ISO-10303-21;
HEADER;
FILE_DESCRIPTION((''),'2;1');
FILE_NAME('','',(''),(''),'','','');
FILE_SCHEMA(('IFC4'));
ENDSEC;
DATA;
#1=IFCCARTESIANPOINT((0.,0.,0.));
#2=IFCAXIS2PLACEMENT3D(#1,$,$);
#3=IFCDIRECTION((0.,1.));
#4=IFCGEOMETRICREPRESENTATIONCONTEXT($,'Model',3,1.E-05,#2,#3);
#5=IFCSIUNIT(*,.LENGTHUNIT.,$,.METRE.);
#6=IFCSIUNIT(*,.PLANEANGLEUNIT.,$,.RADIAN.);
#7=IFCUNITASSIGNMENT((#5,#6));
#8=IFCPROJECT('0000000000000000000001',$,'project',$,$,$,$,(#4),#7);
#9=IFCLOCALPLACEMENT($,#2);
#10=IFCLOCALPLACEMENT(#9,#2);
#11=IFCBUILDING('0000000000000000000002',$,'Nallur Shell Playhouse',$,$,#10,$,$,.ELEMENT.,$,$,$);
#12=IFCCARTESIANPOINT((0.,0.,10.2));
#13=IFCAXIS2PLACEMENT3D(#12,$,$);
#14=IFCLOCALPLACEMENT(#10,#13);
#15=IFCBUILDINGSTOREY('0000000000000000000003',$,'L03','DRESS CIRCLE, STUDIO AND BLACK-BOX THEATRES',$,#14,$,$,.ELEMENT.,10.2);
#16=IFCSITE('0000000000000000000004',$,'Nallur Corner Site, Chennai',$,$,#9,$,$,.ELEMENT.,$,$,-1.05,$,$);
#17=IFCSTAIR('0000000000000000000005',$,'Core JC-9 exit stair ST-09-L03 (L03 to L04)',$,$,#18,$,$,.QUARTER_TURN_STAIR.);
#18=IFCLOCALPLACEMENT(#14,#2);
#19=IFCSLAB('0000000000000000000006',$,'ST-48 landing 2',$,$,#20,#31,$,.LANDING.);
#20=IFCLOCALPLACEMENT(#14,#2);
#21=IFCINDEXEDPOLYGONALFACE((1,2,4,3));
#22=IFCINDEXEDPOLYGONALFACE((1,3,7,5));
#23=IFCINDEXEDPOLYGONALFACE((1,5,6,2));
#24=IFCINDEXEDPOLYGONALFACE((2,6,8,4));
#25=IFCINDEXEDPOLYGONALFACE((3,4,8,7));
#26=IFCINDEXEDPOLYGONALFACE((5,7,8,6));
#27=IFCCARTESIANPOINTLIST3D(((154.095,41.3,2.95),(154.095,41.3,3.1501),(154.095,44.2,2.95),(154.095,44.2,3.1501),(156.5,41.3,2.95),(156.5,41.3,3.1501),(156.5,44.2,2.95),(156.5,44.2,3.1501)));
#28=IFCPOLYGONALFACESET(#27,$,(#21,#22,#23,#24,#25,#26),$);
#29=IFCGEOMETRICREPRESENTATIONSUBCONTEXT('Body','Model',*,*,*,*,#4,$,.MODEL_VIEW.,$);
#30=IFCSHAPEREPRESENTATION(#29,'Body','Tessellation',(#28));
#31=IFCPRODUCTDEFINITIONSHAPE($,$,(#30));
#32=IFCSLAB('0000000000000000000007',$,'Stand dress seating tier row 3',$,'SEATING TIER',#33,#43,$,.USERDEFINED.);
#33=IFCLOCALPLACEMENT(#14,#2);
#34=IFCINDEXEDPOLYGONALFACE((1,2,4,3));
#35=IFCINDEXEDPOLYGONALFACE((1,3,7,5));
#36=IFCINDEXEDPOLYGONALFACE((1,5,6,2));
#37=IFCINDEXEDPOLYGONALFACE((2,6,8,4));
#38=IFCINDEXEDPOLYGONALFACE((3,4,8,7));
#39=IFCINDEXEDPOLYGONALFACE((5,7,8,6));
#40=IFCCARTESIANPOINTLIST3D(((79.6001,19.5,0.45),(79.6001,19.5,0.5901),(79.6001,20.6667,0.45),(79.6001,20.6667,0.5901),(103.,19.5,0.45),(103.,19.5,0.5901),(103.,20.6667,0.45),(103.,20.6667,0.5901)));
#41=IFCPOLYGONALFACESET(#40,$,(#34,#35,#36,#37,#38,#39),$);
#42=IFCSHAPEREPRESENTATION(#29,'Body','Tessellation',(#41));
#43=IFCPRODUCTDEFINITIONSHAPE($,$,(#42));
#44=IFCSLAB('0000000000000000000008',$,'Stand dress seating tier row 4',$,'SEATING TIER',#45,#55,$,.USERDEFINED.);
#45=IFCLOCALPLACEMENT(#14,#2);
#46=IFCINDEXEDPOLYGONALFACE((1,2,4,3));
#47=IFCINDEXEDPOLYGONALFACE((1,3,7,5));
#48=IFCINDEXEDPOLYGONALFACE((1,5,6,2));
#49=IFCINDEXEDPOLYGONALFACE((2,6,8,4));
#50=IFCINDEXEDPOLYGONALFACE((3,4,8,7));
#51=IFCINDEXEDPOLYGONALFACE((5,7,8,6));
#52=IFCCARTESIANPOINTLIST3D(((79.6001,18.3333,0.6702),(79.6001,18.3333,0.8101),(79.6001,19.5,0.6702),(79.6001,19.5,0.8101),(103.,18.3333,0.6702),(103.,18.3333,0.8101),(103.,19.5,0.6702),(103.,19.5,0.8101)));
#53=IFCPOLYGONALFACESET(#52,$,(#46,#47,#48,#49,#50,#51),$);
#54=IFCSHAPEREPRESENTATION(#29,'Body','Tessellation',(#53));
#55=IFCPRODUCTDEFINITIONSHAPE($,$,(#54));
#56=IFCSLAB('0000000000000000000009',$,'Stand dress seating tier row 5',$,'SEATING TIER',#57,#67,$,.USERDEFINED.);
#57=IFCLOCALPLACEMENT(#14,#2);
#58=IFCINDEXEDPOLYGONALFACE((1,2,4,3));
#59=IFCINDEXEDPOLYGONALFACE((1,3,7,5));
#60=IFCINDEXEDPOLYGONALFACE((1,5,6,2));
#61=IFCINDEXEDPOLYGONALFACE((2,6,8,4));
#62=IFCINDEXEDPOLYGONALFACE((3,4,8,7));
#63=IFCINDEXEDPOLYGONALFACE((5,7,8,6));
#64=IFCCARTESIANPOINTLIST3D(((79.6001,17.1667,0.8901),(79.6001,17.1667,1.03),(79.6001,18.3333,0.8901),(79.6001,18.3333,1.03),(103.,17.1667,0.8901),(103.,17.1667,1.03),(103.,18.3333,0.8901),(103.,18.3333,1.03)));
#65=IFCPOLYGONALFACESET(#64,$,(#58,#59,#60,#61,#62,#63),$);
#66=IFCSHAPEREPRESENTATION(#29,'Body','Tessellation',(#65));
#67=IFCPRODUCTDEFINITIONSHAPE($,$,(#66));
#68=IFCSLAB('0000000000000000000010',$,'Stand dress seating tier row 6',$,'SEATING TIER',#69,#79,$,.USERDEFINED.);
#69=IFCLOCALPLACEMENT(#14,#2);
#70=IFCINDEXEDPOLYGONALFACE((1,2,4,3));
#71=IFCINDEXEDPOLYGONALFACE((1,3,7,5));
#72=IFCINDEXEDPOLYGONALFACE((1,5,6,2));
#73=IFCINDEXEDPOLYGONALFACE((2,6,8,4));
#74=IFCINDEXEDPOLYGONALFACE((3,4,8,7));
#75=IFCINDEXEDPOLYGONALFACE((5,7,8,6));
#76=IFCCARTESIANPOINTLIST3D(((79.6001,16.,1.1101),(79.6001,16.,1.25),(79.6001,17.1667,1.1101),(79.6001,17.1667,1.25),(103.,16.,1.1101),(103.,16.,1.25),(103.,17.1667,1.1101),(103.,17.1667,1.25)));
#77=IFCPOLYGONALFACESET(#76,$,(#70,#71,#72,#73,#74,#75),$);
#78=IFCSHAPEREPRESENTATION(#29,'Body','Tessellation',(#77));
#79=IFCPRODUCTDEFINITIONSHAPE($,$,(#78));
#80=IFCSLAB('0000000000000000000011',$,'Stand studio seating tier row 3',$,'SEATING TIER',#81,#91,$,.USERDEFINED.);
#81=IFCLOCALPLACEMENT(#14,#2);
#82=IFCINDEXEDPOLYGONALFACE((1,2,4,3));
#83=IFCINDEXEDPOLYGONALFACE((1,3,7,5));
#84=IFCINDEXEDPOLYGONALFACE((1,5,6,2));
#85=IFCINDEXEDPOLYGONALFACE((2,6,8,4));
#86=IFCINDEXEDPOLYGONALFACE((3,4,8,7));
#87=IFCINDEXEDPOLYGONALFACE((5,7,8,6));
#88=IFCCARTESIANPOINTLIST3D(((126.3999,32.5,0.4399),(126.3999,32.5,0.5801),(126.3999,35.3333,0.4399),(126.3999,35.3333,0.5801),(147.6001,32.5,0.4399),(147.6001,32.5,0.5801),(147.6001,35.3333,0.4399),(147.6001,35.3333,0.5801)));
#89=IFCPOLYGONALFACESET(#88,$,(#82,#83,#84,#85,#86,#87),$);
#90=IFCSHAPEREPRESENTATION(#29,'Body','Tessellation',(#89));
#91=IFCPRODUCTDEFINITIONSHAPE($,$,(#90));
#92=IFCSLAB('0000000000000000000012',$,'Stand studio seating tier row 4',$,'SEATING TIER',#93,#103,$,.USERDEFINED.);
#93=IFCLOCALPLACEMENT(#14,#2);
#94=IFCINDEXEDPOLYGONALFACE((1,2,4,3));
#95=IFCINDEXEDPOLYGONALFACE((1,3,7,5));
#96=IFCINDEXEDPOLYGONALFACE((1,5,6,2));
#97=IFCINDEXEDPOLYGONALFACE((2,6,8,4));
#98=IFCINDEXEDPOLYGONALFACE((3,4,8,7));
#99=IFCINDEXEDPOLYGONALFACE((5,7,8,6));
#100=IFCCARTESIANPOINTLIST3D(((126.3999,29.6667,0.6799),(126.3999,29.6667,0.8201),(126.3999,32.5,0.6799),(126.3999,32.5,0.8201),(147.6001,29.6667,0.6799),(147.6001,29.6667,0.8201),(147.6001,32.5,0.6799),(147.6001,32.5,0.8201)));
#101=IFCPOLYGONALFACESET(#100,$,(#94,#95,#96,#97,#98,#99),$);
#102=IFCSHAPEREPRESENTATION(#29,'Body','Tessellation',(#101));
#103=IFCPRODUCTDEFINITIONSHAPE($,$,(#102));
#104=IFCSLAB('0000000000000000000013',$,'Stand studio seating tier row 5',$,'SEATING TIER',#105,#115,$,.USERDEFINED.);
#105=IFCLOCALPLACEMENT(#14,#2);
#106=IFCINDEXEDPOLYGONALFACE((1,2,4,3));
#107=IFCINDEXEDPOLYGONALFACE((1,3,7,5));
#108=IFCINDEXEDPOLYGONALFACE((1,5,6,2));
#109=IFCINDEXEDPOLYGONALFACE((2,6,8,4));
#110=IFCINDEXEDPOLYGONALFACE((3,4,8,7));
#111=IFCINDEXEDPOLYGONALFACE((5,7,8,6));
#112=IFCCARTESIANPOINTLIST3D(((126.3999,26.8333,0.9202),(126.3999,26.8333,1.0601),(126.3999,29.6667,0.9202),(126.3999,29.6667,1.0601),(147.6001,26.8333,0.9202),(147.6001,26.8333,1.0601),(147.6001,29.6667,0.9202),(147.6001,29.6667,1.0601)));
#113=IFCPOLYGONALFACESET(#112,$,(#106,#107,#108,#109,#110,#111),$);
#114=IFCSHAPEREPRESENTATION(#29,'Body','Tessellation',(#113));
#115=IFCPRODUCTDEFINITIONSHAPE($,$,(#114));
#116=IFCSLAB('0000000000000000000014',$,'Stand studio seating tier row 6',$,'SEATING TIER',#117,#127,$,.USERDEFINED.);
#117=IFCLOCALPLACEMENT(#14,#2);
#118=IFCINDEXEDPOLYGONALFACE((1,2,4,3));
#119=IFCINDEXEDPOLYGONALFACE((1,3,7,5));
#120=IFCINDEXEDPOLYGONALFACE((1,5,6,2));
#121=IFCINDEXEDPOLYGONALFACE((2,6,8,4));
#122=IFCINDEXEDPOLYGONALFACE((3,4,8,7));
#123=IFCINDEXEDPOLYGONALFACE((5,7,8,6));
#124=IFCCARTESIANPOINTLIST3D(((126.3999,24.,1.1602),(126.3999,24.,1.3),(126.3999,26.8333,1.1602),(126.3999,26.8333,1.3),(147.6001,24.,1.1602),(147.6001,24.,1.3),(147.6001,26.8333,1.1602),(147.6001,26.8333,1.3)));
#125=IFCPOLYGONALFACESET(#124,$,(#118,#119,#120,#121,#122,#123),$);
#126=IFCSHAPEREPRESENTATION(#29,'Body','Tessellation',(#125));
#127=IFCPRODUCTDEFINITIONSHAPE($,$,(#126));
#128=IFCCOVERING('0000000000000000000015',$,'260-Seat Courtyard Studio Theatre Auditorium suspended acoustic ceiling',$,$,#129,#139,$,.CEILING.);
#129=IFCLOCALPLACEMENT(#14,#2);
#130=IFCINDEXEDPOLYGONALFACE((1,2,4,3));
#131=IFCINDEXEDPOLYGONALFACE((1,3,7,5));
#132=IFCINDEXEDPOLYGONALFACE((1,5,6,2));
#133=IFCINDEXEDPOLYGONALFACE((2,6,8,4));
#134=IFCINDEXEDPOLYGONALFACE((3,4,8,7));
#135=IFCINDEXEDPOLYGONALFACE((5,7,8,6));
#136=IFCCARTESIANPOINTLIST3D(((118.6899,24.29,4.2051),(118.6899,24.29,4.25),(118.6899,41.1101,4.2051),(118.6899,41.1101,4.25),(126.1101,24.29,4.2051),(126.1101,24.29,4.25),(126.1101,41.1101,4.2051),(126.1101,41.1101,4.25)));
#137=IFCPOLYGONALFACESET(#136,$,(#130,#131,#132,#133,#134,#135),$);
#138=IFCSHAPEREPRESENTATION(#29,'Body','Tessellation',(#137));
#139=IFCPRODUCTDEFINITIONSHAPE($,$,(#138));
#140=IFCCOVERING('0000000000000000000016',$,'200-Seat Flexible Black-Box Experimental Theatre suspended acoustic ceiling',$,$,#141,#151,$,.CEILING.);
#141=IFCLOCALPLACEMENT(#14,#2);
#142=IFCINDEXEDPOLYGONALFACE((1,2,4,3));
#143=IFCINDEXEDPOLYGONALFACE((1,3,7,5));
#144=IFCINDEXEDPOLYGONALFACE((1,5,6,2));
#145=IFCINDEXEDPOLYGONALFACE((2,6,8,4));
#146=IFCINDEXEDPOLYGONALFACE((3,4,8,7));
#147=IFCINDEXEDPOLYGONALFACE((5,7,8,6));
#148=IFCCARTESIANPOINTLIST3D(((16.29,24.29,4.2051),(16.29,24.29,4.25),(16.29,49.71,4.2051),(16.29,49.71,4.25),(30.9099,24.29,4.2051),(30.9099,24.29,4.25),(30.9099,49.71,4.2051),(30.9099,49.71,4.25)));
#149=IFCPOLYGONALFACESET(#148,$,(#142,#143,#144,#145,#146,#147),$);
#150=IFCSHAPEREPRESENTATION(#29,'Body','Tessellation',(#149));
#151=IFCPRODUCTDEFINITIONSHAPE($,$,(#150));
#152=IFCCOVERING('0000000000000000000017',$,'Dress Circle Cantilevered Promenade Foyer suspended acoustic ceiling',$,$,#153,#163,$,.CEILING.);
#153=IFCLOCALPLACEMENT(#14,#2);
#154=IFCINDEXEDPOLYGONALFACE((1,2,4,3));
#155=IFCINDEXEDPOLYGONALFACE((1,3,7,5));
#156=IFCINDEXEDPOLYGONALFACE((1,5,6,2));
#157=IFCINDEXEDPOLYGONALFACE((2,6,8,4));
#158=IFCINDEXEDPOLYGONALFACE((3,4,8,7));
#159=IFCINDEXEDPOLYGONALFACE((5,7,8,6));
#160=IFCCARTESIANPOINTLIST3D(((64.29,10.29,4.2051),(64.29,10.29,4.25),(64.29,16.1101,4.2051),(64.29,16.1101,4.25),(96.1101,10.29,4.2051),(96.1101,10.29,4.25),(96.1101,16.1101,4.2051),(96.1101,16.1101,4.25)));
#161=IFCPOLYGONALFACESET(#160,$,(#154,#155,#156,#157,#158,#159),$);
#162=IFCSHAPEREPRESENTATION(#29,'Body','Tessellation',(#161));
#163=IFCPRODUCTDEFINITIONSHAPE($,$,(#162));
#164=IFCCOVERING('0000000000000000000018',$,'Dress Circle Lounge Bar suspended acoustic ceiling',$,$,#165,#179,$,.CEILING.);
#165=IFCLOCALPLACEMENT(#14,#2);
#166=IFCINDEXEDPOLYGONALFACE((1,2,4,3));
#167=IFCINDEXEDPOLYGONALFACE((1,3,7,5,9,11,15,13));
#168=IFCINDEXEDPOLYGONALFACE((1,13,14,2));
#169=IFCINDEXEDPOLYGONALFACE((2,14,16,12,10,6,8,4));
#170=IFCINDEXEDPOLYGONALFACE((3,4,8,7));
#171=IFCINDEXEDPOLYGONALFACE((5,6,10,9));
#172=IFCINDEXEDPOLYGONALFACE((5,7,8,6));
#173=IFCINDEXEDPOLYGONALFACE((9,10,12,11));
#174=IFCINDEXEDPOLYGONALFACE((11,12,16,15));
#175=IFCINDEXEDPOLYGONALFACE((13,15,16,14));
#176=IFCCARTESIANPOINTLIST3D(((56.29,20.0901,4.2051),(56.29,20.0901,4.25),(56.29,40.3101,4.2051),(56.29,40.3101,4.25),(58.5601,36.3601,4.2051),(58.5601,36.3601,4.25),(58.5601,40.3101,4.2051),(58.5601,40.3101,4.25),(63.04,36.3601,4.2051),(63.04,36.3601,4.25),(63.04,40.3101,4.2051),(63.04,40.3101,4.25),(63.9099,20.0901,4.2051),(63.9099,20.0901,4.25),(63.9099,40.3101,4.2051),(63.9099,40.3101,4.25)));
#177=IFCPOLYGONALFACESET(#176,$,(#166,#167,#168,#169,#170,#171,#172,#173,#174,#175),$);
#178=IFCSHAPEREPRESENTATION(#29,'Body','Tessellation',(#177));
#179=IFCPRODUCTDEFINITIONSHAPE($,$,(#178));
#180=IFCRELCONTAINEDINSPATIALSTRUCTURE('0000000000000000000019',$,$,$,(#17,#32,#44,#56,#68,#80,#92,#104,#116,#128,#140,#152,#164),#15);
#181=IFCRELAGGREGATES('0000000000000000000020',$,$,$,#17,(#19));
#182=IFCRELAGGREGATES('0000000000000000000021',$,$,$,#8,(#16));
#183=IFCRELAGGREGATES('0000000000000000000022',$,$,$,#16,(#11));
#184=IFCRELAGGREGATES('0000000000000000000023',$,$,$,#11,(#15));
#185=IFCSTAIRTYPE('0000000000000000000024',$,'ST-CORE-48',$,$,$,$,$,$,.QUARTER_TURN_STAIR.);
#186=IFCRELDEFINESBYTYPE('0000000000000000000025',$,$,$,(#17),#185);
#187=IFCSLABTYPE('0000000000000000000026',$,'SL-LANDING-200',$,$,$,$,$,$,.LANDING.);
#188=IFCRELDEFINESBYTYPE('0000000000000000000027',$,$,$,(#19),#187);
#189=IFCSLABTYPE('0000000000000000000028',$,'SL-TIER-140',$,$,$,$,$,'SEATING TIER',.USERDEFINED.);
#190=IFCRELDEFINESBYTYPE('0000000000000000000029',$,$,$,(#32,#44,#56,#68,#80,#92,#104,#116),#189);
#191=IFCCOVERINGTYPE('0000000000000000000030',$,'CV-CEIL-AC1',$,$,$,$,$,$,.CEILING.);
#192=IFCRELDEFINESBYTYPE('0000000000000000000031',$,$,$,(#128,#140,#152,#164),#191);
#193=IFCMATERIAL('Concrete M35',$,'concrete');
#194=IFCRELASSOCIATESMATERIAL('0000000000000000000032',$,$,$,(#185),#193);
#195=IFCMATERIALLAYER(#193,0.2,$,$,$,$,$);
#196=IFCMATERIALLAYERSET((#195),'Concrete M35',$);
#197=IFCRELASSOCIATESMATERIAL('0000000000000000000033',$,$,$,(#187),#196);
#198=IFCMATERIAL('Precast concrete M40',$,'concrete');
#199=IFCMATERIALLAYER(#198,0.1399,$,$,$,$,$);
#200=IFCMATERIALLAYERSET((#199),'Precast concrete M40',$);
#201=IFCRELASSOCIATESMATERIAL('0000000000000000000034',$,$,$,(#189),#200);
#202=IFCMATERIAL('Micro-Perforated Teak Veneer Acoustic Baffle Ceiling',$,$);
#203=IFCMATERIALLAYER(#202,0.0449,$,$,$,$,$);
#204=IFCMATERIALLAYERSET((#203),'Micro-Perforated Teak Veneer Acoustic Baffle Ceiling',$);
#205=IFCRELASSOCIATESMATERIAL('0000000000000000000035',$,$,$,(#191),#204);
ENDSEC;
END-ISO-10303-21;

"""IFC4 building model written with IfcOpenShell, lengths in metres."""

from ifc_helpers import new_model, si_unit, direction, frame, origin, place, context, subcontext, project, spatial, polyline, outline, extrude, material, layer, layer_set, type_object, element, aggregate, save


model = new_model("IFC4")

# Units and contexts
model_context = context("Model", 3, precision=1e-05, world=origin(), true_north=direction((0.0, 1.0)))
body_context = subcontext(model_context, "Body", "Model", "MODEL_VIEW")
ifc_project = project(units=[si_unit("LENGTHUNIT", "METRE"), si_unit("PLANEANGLEUNIT", "RADIAN")], contexts=[model_context])

# Site, building, storey
site_placement = place(None, origin())
site = spatial("IfcSite", under=ifc_project, at=site_placement, Name="Nallur Corner Site, Chennai", CompositionType="ELEMENT", RefElevation=-1.05)
building_placement = place(site_placement, origin())
building = spatial("IfcBuilding", under=site, at=building_placement, Name="Nallur Shell Playhouse", CompositionType="ELEMENT")
storey_placement = place(building_placement, frame((0.0, 0.0, 10.2)))
storey = spatial("IfcBuildingStorey", under=building, at=storey_placement, Name="L03", Description="DRESS CIRCLE, STUDIO AND BLACK-BOX THEATRES", CompositionType="ELEMENT", Elevation=10.2)

# Stair, slab
ifc_material_1 = material(Name="Concrete M35", Category="concrete")
stair_type = type_object("IfcStairType", Name="ST-CORE-48", PredefinedType="QUARTER_TURN_STAIR", material=ifc_material_1)
ifc_layer_1 = layer(ifc_material_1, 0.2)
ifc_layer_set_1 = layer_set([ifc_layer_1], Name="Concrete M35")
slab_type_1 = type_object("IfcSlabType", Name="SL-LANDING-200", PredefinedType="LANDING", material=ifc_layer_set_1)
stair_1_placement = place(storey_placement, origin())
stair_1 = element("IfcStair", 1, at=stair_1_placement, inside=storey, type_object=stair_type, Name="Core JC-9 exit stair ST-09-L03 (L03 to L04)", PredefinedType="QUARTER_TURN_STAIR")
slab_1_placement = place(storey_placement, frame((0.0, 0.0, 2.95)))
slab_1 = element("IfcSlab", 2, at=slab_1_placement, type_object=slab_type_1, Name="ST-48 landing 2", PredefinedType="LANDING", context=body_context, shape_type="SweptSolid", body=[
    extrude(outline(polyline([(154.095, 41.3), (156.5, 41.3), (156.5, 44.2), (154.095, 44.2), (154.095, 41.3)])), origin(), (0.0, 0.0, 1.0), 0.2002),
])
aggregate(stair_1, [slab_1])

# Slabs
ifc_material_2 = material(Name="Precast concrete M40", Category="concrete")
ifc_layer_2 = layer(ifc_material_2, 0.1399)
ifc_layer_set_2 = layer_set([ifc_layer_2], Name="Precast concrete M40")
slab_type_2 = type_object("IfcSlabType", Name="SL-TIER-140", ElementType="SEATING TIER", PredefinedType="USERDEFINED", material=ifc_layer_set_2)
slab_2_placement = place(storey_placement, frame((0.0, 0.0, 0.45)))
element("IfcSlab", 3, at=slab_2_placement, inside=storey, type_object=slab_type_2, Name="Stand dress seating tier row 3", ObjectType="SEATING TIER", PredefinedType="USERDEFINED", context=body_context, shape_type="SweptSolid", body=[
    extrude(outline(polyline([(79.6001, 20.6667), (103.0, 20.6667), (103.0, 19.5), (79.6001, 19.5), (79.6001, 20.6667)])), origin(), (0.0, 0.0, 1.0), 0.1401),
])
slab_3_placement = place(storey_placement, frame((0.0, 0.0, 0.6702)))
element("IfcSlab", 4, at=slab_3_placement, inside=storey, type_object=slab_type_2, Name="Stand dress seating tier row 4", ObjectType="SEATING TIER", PredefinedType="USERDEFINED", context=body_context, shape_type="SweptSolid", body=[
    extrude(outline(polyline([(79.6001, 19.5), (103.0, 19.5), (103.0, 18.3333), (79.6001, 18.3333), (79.6001, 19.5)])), origin(), (0.0, 0.0, 1.0), 0.1399),
])
slab_4_placement = place(storey_placement, frame((0.0, 0.0, 0.8901)))
element("IfcSlab", 5, at=slab_4_placement, inside=storey, type_object=slab_type_2, Name="Stand dress seating tier row 5", ObjectType="SEATING TIER", PredefinedType="USERDEFINED", context=body_context, shape_type="SweptSolid", body=[
    extrude(outline(polyline([(79.6001, 18.3333), (103.0, 18.3333), (103.0, 17.1667), (79.6001, 17.1667), (79.6001, 18.3333)])), origin(), (0.0, 0.0, 1.0), 0.1399),
])
slab_5_placement = place(storey_placement, frame((0.0, 0.0, 1.1101)))
element("IfcSlab", 6, at=slab_5_placement, inside=storey, type_object=slab_type_2, Name="Stand dress seating tier row 6", ObjectType="SEATING TIER", PredefinedType="USERDEFINED", context=body_context, shape_type="SweptSolid", body=[
    extrude(outline(polyline([(79.6001, 17.1667), (103.0, 17.1667), (103.0, 16.0), (79.6001, 16.0), (79.6001, 17.1667)])), origin(), (0.0, 0.0, 1.0), 0.1399),
])
slab_6_placement = place(storey_placement, frame((0.0, 0.0, 0.4399)))
element("IfcSlab", 7, at=slab_6_placement, inside=storey, type_object=slab_type_2, Name="Stand studio seating tier row 3", ObjectType="SEATING TIER", PredefinedType="USERDEFINED", context=body_context, shape_type="SweptSolid", body=[
    extrude(outline(polyline([(126.3999, 35.3333), (147.6001, 35.3333), (147.6001, 32.5), (126.3999, 32.5), (126.3999, 35.3333)])), origin(), (0.0, 0.0, 1.0), 0.1401),
])
slab_7_placement = place(storey_placement, frame((0.0, 0.0, 0.6799)))
element("IfcSlab", 8, at=slab_7_placement, inside=storey, type_object=slab_type_2, Name="Stand studio seating tier row 4", ObjectType="SEATING TIER", PredefinedType="USERDEFINED", context=body_context, shape_type="SweptSolid", body=[
    extrude(outline(polyline([(126.3999, 32.5), (147.6001, 32.5), (147.6001, 29.6667), (126.3999, 29.6667), (126.3999, 32.5)])), origin(), (0.0, 0.0, 1.0), 0.1401),
])
slab_8_placement = place(storey_placement, frame((0.0, 0.0, 0.9202)))
element("IfcSlab", 9, at=slab_8_placement, inside=storey, type_object=slab_type_2, Name="Stand studio seating tier row 5", ObjectType="SEATING TIER", PredefinedType="USERDEFINED", context=body_context, shape_type="SweptSolid", body=[
    extrude(outline(polyline([(126.3999, 29.6667), (147.6001, 29.6667), (147.6001, 26.8333), (126.3999, 26.8333), (126.3999, 29.6667)])), origin(), (0.0, 0.0, 1.0), 0.1399),
])
slab_9_placement = place(storey_placement, frame((0.0, 0.0, 1.1602)))
element("IfcSlab", 10, at=slab_9_placement, inside=storey, type_object=slab_type_2, Name="Stand studio seating tier row 6", ObjectType="SEATING TIER", PredefinedType="USERDEFINED", context=body_context, shape_type="SweptSolid", body=[
    extrude(outline(polyline([(126.3999, 26.8333), (147.6001, 26.8333), (147.6001, 24.0), (126.3999, 24.0), (126.3999, 26.8333)])), origin(), (0.0, 0.0, 1.0), 0.1399),
])

# Coverings
ifc_material_3 = material(Name="Micro-Perforated Teak Veneer Acoustic Baffle Ceiling")
ifc_layer_3 = layer(ifc_material_3, 0.0449)
ifc_layer_set_3 = layer_set([ifc_layer_3], Name="Micro-Perforated Teak Veneer Acoustic Baffle Ceiling")
covering_type_1 = type_object("IfcCoveringType", Name="CV-CEIL-AC1", PredefinedType="CEILING", material=ifc_layer_set_3)
covering_1_placement = place(storey_placement, frame((0.0, 0.0, 4.2051)))
element("IfcCovering", 11, at=covering_1_placement, inside=storey, type_object=covering_type_1, Name="260-Seat Courtyard Studio Theatre Auditorium suspended acoustic ceiling", PredefinedType="CEILING", context=body_context, shape_type="SweptSolid", body=[
    extrude(outline(polyline([(126.1101, 41.1101), (126.1101, 24.29), (118.6899, 24.29), (118.6899, 41.1101), (126.1101, 41.1101)])), origin(), (0.0, 0.0, 1.0), 0.0449),
])
covering_2_placement = place(storey_placement, frame((0.0, 0.0, 4.2051)))
element("IfcCovering", 12, at=covering_2_placement, inside=storey, type_object=covering_type_1, Name="200-Seat Flexible Black-Box Experimental Theatre suspended acoustic ceiling", PredefinedType="CEILING", context=body_context, shape_type="SweptSolid", body=[
    extrude(outline(polyline([(30.9099, 49.71), (30.9099, 24.29), (16.29, 24.29), (16.29, 49.71), (30.9099, 49.71)])), origin(), (0.0, 0.0, 1.0), 0.0449),
])
covering_3_placement = place(storey_placement, frame((0.0, 0.0, 4.2051)))
element("IfcCovering", 13, at=covering_3_placement, inside=storey, type_object=covering_type_1, Name="Dress Circle Cantilevered Promenade Foyer suspended acoustic ceiling", PredefinedType="CEILING", context=body_context, shape_type="SweptSolid", body=[
    extrude(outline(polyline([(96.1101, 16.1101), (96.1101, 10.29), (64.29, 10.29), (64.29, 16.1101), (96.1101, 16.1101)])), origin(), (0.0, 0.0, 1.0), 0.0449),
])
covering_4_placement = place(storey_placement, frame((0.0, 0.0, 4.2051)))
element("IfcCovering", 14, at=covering_4_placement, inside=storey, type_object=covering_type_1, Name="Dress Circle Lounge Bar suspended acoustic ceiling", PredefinedType="CEILING", context=body_context, shape_type="SweptSolid", body=[
    extrude(outline(polyline([(58.5601, 40.3101), (58.5601, 36.3601), (63.04, 36.3601), (63.04, 40.3101), (63.9099, 40.3101), (63.9099, 20.0901), (56.29, 20.0901), (56.29, 40.3101), (58.5601, 40.3101)])), origin(), (0.0, 0.0, 1.0), 0.0449),
])

save(model, "model.ifc")
